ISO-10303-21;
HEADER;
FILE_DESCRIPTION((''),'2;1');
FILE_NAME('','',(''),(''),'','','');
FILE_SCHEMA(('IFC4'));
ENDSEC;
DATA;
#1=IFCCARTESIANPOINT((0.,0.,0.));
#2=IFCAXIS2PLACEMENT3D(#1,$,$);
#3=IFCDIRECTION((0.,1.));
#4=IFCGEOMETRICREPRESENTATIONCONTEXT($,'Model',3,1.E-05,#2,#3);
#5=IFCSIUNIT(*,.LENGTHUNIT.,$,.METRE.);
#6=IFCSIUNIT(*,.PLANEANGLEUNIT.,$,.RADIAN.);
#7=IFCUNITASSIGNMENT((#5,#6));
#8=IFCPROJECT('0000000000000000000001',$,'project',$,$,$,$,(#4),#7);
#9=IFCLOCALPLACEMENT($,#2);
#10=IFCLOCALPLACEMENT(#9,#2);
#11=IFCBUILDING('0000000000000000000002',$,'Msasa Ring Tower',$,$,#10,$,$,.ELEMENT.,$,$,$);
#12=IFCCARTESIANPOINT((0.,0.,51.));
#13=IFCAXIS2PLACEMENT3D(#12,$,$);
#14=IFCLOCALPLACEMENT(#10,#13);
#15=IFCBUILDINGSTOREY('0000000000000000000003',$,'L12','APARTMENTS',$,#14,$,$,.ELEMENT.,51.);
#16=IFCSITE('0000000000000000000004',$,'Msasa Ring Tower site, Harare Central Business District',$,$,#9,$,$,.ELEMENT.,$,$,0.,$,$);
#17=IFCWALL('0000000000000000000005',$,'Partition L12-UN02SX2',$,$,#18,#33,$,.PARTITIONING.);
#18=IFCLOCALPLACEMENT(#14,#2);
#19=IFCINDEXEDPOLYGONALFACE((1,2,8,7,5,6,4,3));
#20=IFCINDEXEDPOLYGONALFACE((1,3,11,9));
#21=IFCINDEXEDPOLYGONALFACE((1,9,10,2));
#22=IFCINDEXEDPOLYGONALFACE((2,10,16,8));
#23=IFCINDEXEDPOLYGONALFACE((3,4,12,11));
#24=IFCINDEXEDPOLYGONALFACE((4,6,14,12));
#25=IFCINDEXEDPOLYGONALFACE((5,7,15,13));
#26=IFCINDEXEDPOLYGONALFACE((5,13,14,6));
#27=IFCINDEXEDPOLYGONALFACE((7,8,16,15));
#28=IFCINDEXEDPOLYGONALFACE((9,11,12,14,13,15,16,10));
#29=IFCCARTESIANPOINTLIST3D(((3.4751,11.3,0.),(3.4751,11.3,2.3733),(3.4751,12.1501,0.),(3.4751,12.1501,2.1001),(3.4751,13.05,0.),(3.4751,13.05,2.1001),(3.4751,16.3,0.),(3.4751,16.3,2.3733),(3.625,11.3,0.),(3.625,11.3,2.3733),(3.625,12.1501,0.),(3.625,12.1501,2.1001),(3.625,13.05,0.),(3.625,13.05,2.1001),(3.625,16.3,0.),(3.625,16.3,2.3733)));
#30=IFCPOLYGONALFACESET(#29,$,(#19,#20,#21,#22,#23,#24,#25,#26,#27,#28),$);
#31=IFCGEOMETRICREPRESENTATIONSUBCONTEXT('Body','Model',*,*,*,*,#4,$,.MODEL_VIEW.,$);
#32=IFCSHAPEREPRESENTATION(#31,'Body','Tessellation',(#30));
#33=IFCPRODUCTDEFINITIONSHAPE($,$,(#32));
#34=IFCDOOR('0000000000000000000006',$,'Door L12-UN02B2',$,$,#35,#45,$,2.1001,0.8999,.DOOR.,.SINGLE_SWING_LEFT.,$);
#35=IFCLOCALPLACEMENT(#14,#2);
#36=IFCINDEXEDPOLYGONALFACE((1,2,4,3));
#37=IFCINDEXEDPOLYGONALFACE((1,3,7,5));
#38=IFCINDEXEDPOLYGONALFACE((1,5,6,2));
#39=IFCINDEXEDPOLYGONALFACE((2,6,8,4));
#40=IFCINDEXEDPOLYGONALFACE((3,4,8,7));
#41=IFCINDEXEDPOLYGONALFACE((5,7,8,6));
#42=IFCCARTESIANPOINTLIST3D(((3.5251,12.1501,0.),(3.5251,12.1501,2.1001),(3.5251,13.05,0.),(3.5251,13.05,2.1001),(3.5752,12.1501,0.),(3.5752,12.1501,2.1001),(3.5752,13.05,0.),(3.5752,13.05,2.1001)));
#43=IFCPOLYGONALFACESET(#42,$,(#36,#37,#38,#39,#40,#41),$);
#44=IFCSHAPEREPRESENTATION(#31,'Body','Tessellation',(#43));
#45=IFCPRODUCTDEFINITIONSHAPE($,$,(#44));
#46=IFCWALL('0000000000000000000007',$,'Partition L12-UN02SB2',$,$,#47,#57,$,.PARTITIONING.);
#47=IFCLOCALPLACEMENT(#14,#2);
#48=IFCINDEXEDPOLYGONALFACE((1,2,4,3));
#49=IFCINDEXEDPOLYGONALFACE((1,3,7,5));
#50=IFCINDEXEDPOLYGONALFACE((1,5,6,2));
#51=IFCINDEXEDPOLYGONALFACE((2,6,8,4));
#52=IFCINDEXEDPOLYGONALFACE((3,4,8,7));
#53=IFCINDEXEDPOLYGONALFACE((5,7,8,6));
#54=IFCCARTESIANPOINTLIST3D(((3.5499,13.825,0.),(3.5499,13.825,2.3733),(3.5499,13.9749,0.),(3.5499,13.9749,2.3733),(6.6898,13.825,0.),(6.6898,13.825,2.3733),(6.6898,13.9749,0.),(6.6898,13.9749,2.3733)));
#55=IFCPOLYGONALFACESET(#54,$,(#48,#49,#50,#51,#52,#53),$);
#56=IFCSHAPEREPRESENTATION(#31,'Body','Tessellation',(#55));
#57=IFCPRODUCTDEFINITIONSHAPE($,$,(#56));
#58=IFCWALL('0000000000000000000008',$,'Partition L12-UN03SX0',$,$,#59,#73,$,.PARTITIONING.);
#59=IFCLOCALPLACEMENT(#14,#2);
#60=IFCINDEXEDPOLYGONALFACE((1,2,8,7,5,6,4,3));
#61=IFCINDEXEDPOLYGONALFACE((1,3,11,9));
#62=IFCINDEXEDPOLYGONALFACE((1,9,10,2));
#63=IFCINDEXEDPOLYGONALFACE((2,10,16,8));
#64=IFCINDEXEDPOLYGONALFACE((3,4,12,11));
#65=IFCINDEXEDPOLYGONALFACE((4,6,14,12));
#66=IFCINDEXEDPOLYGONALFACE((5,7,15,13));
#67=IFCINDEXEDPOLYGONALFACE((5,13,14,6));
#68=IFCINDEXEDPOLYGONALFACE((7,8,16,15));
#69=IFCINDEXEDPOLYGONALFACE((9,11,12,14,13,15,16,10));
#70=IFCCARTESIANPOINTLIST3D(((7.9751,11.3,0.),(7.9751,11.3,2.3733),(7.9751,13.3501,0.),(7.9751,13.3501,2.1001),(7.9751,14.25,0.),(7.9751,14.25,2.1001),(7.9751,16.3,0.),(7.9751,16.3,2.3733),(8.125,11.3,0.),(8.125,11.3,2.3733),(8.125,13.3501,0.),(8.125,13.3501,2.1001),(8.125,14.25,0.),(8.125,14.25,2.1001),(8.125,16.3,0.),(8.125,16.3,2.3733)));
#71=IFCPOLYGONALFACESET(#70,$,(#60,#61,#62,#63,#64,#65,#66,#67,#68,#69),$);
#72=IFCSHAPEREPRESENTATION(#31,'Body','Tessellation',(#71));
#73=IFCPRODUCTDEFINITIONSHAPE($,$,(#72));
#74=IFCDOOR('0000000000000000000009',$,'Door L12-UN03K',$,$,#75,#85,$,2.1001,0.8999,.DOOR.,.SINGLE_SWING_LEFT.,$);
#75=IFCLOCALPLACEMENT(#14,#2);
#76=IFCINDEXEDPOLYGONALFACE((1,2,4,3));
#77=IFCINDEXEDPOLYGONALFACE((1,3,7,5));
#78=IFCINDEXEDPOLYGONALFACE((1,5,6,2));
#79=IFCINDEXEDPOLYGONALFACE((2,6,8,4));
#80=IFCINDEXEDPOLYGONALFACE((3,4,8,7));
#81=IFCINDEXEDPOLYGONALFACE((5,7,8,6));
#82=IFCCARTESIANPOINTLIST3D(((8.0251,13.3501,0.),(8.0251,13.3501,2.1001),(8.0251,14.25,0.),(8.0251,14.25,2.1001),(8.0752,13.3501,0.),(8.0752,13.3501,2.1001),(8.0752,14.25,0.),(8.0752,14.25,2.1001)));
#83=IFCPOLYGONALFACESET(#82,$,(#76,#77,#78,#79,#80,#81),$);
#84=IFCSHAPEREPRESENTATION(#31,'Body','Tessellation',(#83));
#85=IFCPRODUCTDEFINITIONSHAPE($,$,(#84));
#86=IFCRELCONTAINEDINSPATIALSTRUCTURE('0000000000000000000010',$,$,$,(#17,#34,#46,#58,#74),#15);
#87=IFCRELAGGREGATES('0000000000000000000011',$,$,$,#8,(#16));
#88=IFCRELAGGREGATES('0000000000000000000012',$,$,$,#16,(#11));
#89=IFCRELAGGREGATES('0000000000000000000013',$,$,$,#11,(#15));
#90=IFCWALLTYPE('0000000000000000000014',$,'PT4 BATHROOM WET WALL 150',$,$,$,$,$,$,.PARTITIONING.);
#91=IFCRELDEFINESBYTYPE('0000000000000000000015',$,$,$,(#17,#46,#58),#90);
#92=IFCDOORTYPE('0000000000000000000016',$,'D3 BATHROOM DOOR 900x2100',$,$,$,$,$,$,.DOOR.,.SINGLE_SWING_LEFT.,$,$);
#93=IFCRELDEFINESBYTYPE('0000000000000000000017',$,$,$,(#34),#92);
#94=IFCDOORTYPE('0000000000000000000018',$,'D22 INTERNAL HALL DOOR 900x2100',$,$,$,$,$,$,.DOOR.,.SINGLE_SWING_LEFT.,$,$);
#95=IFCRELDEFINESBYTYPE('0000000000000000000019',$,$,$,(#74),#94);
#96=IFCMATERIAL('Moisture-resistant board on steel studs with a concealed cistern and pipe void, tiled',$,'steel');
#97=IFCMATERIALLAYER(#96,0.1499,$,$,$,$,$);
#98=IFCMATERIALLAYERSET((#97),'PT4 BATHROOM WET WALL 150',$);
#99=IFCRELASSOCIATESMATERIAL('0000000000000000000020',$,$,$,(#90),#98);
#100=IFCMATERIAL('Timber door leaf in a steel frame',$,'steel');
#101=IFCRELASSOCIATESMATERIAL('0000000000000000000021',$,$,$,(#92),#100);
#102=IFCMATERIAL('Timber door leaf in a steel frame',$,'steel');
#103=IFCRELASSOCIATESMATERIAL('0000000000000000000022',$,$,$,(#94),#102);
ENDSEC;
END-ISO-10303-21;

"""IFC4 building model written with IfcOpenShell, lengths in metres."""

from ifc_helpers import new_model, si_unit, direction, frame, frame_2d, origin, place, context, subcontext, project, spatial, rectangle, extrude, material, layer, layer_set, type_object, element, fill, save


model = new_model("IFC4")

# Units and contexts
model_context = context("Model", 3, precision=1e-05, world=origin(), true_north=direction((0.0, 1.0)))
body_context = subcontext(model_context, "Body", "Model", "MODEL_VIEW")
ifc_project = project(units=[si_unit("LENGTHUNIT", "METRE"), si_unit("PLANEANGLEUNIT", "RADIAN")], contexts=[model_context])

# Site, building, storey
site_placement = place(None, origin())
site = spatial("IfcSite", under=ifc_project, at=site_placement, Name="Msasa Ring Tower site, Harare Central Business District", CompositionType="ELEMENT", RefElevation=0.0)
building_placement = place(site_placement, origin())
building = spatial("IfcBuilding", under=site, at=building_placement, Name="Msasa Ring Tower", CompositionType="ELEMENT")
storey_placement = place(building_placement, frame((0.0, 0.0, 51.0)))
storey = spatial("IfcBuildingStorey", under=building, at=storey_placement, Name="L12", Description="APARTMENTS", CompositionType="ELEMENT", Elevation=51.0)

# Wall, opening, door
ifc_material_1 = material(Name="Moisture-resistant board on steel studs with a concealed cistern and pipe void, tiled", Category="steel")
ifc_layer_1 = layer(ifc_material_1, 0.1499)
ifc_layer_set_1 = layer_set([ifc_layer_1], Name="PT4 BATHROOM WET WALL 150")
wall_type_1 = type_object("IfcWallType", Name="PT4 BATHROOM WET WALL 150", PredefinedType="PARTITIONING", material=ifc_layer_set_1)
wall_1_placement = place(storey_placement, frame((3.55, 11.3, 0.0), z_axis=(0.0, 0.0, 1.0), x_axis=(0.0, 1.0, 0.0)))
wall_1 = element("IfcWall", 1, at=wall_1_placement, inside=storey, type_object=wall_type_1, Name="Partition L12-UN02SX2", PredefinedType="PARTITIONING", context=body_context, shape_type="SweptSolid", body=[
    extrude(rectangle(XDim=5.0, YDim=0.1499, at=frame_2d((2.5, 0.0))), origin(), (0.0, 0.0, 1.0), 2.3733),
])
opening_1_placement = place(wall_1_placement, frame((0.8501, 0.0, 0.0)))
opening_1 = element("IfcOpeningElement", 2, at=opening_1_placement, cuts=wall_1, PredefinedType="OPENING", context=body_context, shape_type="SweptSolid", body=[
    extrude(rectangle(XDim=0.8999, YDim=2.1001, at=frame_2d((0.45, 1.05))), frame((0.0, 0.085, 0.0), z_axis=(0.0, -1.0, 0.0), x_axis=(1.0, 0.0, 0.0)), (0.0, 0.0, 1.0), 0.1699),
])
ifc_material_2 = material(Name="Timber door leaf in a steel frame", Category="steel")
door_type_1 = type_object("IfcDoorType", Name="D3 BATHROOM DOOR 900x2100", OperationType="SINGLE_SWING_LEFT", PredefinedType="DOOR", material=ifc_material_2)
door_1_placement = place(opening_1_placement, origin())
door_1 = element("IfcDoor", 3, at=door_1_placement, inside=storey, type_object=door_type_1, Name="Door L12-UN02B2", OperationType="SINGLE_SWING_LEFT", OverallHeight=2.1001, OverallWidth=0.8999, PredefinedType="DOOR", context=body_context, shape_type="SweptSolid", body=[
    extrude(rectangle(XDim=0.8999, YDim=2.1001, at=frame_2d((0.45, 1.05))), frame((0.0, 0.0249, 0.0), z_axis=(0.0, -1.0, 0.0), x_axis=(1.0, 0.0, 0.0)), (0.0, 0.0, 1.0), 0.05),
])
fill(opening_1, door_1)

# Wall
wall_2_placement = place(storey_placement, frame((3.55, 13.8999, 0.0), z_axis=(0.0, 0.0, 1.0), x_axis=(1.0, 0.0, 0.0)))
element("IfcWall", 4, at=wall_2_placement, inside=storey, type_object=wall_type_1, Name="Partition L12-UN02SB2", PredefinedType="PARTITIONING", context=body_context, shape_type="SweptSolid", body=[
    extrude(rectangle(XDim=3.1399, YDim=0.1499, at=frame_2d((1.5698, 0.0))), origin(), (0.0, 0.0, 1.0), 2.3733),
])

# Wall, opening, door
wall_3_placement = place(storey_placement, frame((8.05, 11.3, 0.0), z_axis=(0.0, 0.0, 1.0), x_axis=(0.0, 1.0, 0.0)))
wall_3 = element("IfcWall", 5, at=wall_3_placement, inside=storey, type_object=wall_type_1, Name="Partition L12-UN03SX0", PredefinedType="PARTITIONING", context=body_context, shape_type="SweptSolid", body=[
    extrude(rectangle(XDim=5.0, YDim=0.1499, at=frame_2d((2.5, 0.0))), origin(), (0.0, 0.0, 1.0), 2.3733),
])
opening_2_placement = place(wall_3_placement, frame((2.05, 0.0, 0.0)))
opening_2 = element("IfcOpeningElement", 6, at=opening_2_placement, cuts=wall_3, PredefinedType="OPENING", context=body_context, shape_type="SweptSolid", body=[
    extrude(rectangle(XDim=0.8999, YDim=2.1001, at=frame_2d((0.45, 1.05))), frame((0.0, 0.085, 0.0), z_axis=(0.0, -1.0, 0.0), x_axis=(1.0, 0.0, 0.0)), (0.0, 0.0, 1.0), 0.1699),
])
ifc_material_3 = material(Name="Timber door leaf in a steel frame", Category="steel")
door_type_2 = type_object("IfcDoorType", Name="D22 INTERNAL HALL DOOR 900x2100", OperationType="SINGLE_SWING_LEFT", PredefinedType="DOOR", material=ifc_material_3)
door_2_placement = place(opening_2_placement, origin())
door_2 = element("IfcDoor", 7, at=door_2_placement, inside=storey, type_object=door_type_2, Name="Door L12-UN03K", OperationType="SINGLE_SWING_LEFT", OverallHeight=2.1001, OverallWidth=0.8999, PredefinedType="DOOR", context=body_context, shape_type="SweptSolid", body=[
    extrude(rectangle(XDim=0.8999, YDim=2.1001, at=frame_2d((0.45, 1.05))), frame((0.0, 0.0249, 0.0), z_axis=(0.0, -1.0, 0.0), x_axis=(1.0, 0.0, 0.0)), (0.0, 0.0, 1.0), 0.05),
])
fill(opening_2, door_2)

save(model, "model.ifc")
